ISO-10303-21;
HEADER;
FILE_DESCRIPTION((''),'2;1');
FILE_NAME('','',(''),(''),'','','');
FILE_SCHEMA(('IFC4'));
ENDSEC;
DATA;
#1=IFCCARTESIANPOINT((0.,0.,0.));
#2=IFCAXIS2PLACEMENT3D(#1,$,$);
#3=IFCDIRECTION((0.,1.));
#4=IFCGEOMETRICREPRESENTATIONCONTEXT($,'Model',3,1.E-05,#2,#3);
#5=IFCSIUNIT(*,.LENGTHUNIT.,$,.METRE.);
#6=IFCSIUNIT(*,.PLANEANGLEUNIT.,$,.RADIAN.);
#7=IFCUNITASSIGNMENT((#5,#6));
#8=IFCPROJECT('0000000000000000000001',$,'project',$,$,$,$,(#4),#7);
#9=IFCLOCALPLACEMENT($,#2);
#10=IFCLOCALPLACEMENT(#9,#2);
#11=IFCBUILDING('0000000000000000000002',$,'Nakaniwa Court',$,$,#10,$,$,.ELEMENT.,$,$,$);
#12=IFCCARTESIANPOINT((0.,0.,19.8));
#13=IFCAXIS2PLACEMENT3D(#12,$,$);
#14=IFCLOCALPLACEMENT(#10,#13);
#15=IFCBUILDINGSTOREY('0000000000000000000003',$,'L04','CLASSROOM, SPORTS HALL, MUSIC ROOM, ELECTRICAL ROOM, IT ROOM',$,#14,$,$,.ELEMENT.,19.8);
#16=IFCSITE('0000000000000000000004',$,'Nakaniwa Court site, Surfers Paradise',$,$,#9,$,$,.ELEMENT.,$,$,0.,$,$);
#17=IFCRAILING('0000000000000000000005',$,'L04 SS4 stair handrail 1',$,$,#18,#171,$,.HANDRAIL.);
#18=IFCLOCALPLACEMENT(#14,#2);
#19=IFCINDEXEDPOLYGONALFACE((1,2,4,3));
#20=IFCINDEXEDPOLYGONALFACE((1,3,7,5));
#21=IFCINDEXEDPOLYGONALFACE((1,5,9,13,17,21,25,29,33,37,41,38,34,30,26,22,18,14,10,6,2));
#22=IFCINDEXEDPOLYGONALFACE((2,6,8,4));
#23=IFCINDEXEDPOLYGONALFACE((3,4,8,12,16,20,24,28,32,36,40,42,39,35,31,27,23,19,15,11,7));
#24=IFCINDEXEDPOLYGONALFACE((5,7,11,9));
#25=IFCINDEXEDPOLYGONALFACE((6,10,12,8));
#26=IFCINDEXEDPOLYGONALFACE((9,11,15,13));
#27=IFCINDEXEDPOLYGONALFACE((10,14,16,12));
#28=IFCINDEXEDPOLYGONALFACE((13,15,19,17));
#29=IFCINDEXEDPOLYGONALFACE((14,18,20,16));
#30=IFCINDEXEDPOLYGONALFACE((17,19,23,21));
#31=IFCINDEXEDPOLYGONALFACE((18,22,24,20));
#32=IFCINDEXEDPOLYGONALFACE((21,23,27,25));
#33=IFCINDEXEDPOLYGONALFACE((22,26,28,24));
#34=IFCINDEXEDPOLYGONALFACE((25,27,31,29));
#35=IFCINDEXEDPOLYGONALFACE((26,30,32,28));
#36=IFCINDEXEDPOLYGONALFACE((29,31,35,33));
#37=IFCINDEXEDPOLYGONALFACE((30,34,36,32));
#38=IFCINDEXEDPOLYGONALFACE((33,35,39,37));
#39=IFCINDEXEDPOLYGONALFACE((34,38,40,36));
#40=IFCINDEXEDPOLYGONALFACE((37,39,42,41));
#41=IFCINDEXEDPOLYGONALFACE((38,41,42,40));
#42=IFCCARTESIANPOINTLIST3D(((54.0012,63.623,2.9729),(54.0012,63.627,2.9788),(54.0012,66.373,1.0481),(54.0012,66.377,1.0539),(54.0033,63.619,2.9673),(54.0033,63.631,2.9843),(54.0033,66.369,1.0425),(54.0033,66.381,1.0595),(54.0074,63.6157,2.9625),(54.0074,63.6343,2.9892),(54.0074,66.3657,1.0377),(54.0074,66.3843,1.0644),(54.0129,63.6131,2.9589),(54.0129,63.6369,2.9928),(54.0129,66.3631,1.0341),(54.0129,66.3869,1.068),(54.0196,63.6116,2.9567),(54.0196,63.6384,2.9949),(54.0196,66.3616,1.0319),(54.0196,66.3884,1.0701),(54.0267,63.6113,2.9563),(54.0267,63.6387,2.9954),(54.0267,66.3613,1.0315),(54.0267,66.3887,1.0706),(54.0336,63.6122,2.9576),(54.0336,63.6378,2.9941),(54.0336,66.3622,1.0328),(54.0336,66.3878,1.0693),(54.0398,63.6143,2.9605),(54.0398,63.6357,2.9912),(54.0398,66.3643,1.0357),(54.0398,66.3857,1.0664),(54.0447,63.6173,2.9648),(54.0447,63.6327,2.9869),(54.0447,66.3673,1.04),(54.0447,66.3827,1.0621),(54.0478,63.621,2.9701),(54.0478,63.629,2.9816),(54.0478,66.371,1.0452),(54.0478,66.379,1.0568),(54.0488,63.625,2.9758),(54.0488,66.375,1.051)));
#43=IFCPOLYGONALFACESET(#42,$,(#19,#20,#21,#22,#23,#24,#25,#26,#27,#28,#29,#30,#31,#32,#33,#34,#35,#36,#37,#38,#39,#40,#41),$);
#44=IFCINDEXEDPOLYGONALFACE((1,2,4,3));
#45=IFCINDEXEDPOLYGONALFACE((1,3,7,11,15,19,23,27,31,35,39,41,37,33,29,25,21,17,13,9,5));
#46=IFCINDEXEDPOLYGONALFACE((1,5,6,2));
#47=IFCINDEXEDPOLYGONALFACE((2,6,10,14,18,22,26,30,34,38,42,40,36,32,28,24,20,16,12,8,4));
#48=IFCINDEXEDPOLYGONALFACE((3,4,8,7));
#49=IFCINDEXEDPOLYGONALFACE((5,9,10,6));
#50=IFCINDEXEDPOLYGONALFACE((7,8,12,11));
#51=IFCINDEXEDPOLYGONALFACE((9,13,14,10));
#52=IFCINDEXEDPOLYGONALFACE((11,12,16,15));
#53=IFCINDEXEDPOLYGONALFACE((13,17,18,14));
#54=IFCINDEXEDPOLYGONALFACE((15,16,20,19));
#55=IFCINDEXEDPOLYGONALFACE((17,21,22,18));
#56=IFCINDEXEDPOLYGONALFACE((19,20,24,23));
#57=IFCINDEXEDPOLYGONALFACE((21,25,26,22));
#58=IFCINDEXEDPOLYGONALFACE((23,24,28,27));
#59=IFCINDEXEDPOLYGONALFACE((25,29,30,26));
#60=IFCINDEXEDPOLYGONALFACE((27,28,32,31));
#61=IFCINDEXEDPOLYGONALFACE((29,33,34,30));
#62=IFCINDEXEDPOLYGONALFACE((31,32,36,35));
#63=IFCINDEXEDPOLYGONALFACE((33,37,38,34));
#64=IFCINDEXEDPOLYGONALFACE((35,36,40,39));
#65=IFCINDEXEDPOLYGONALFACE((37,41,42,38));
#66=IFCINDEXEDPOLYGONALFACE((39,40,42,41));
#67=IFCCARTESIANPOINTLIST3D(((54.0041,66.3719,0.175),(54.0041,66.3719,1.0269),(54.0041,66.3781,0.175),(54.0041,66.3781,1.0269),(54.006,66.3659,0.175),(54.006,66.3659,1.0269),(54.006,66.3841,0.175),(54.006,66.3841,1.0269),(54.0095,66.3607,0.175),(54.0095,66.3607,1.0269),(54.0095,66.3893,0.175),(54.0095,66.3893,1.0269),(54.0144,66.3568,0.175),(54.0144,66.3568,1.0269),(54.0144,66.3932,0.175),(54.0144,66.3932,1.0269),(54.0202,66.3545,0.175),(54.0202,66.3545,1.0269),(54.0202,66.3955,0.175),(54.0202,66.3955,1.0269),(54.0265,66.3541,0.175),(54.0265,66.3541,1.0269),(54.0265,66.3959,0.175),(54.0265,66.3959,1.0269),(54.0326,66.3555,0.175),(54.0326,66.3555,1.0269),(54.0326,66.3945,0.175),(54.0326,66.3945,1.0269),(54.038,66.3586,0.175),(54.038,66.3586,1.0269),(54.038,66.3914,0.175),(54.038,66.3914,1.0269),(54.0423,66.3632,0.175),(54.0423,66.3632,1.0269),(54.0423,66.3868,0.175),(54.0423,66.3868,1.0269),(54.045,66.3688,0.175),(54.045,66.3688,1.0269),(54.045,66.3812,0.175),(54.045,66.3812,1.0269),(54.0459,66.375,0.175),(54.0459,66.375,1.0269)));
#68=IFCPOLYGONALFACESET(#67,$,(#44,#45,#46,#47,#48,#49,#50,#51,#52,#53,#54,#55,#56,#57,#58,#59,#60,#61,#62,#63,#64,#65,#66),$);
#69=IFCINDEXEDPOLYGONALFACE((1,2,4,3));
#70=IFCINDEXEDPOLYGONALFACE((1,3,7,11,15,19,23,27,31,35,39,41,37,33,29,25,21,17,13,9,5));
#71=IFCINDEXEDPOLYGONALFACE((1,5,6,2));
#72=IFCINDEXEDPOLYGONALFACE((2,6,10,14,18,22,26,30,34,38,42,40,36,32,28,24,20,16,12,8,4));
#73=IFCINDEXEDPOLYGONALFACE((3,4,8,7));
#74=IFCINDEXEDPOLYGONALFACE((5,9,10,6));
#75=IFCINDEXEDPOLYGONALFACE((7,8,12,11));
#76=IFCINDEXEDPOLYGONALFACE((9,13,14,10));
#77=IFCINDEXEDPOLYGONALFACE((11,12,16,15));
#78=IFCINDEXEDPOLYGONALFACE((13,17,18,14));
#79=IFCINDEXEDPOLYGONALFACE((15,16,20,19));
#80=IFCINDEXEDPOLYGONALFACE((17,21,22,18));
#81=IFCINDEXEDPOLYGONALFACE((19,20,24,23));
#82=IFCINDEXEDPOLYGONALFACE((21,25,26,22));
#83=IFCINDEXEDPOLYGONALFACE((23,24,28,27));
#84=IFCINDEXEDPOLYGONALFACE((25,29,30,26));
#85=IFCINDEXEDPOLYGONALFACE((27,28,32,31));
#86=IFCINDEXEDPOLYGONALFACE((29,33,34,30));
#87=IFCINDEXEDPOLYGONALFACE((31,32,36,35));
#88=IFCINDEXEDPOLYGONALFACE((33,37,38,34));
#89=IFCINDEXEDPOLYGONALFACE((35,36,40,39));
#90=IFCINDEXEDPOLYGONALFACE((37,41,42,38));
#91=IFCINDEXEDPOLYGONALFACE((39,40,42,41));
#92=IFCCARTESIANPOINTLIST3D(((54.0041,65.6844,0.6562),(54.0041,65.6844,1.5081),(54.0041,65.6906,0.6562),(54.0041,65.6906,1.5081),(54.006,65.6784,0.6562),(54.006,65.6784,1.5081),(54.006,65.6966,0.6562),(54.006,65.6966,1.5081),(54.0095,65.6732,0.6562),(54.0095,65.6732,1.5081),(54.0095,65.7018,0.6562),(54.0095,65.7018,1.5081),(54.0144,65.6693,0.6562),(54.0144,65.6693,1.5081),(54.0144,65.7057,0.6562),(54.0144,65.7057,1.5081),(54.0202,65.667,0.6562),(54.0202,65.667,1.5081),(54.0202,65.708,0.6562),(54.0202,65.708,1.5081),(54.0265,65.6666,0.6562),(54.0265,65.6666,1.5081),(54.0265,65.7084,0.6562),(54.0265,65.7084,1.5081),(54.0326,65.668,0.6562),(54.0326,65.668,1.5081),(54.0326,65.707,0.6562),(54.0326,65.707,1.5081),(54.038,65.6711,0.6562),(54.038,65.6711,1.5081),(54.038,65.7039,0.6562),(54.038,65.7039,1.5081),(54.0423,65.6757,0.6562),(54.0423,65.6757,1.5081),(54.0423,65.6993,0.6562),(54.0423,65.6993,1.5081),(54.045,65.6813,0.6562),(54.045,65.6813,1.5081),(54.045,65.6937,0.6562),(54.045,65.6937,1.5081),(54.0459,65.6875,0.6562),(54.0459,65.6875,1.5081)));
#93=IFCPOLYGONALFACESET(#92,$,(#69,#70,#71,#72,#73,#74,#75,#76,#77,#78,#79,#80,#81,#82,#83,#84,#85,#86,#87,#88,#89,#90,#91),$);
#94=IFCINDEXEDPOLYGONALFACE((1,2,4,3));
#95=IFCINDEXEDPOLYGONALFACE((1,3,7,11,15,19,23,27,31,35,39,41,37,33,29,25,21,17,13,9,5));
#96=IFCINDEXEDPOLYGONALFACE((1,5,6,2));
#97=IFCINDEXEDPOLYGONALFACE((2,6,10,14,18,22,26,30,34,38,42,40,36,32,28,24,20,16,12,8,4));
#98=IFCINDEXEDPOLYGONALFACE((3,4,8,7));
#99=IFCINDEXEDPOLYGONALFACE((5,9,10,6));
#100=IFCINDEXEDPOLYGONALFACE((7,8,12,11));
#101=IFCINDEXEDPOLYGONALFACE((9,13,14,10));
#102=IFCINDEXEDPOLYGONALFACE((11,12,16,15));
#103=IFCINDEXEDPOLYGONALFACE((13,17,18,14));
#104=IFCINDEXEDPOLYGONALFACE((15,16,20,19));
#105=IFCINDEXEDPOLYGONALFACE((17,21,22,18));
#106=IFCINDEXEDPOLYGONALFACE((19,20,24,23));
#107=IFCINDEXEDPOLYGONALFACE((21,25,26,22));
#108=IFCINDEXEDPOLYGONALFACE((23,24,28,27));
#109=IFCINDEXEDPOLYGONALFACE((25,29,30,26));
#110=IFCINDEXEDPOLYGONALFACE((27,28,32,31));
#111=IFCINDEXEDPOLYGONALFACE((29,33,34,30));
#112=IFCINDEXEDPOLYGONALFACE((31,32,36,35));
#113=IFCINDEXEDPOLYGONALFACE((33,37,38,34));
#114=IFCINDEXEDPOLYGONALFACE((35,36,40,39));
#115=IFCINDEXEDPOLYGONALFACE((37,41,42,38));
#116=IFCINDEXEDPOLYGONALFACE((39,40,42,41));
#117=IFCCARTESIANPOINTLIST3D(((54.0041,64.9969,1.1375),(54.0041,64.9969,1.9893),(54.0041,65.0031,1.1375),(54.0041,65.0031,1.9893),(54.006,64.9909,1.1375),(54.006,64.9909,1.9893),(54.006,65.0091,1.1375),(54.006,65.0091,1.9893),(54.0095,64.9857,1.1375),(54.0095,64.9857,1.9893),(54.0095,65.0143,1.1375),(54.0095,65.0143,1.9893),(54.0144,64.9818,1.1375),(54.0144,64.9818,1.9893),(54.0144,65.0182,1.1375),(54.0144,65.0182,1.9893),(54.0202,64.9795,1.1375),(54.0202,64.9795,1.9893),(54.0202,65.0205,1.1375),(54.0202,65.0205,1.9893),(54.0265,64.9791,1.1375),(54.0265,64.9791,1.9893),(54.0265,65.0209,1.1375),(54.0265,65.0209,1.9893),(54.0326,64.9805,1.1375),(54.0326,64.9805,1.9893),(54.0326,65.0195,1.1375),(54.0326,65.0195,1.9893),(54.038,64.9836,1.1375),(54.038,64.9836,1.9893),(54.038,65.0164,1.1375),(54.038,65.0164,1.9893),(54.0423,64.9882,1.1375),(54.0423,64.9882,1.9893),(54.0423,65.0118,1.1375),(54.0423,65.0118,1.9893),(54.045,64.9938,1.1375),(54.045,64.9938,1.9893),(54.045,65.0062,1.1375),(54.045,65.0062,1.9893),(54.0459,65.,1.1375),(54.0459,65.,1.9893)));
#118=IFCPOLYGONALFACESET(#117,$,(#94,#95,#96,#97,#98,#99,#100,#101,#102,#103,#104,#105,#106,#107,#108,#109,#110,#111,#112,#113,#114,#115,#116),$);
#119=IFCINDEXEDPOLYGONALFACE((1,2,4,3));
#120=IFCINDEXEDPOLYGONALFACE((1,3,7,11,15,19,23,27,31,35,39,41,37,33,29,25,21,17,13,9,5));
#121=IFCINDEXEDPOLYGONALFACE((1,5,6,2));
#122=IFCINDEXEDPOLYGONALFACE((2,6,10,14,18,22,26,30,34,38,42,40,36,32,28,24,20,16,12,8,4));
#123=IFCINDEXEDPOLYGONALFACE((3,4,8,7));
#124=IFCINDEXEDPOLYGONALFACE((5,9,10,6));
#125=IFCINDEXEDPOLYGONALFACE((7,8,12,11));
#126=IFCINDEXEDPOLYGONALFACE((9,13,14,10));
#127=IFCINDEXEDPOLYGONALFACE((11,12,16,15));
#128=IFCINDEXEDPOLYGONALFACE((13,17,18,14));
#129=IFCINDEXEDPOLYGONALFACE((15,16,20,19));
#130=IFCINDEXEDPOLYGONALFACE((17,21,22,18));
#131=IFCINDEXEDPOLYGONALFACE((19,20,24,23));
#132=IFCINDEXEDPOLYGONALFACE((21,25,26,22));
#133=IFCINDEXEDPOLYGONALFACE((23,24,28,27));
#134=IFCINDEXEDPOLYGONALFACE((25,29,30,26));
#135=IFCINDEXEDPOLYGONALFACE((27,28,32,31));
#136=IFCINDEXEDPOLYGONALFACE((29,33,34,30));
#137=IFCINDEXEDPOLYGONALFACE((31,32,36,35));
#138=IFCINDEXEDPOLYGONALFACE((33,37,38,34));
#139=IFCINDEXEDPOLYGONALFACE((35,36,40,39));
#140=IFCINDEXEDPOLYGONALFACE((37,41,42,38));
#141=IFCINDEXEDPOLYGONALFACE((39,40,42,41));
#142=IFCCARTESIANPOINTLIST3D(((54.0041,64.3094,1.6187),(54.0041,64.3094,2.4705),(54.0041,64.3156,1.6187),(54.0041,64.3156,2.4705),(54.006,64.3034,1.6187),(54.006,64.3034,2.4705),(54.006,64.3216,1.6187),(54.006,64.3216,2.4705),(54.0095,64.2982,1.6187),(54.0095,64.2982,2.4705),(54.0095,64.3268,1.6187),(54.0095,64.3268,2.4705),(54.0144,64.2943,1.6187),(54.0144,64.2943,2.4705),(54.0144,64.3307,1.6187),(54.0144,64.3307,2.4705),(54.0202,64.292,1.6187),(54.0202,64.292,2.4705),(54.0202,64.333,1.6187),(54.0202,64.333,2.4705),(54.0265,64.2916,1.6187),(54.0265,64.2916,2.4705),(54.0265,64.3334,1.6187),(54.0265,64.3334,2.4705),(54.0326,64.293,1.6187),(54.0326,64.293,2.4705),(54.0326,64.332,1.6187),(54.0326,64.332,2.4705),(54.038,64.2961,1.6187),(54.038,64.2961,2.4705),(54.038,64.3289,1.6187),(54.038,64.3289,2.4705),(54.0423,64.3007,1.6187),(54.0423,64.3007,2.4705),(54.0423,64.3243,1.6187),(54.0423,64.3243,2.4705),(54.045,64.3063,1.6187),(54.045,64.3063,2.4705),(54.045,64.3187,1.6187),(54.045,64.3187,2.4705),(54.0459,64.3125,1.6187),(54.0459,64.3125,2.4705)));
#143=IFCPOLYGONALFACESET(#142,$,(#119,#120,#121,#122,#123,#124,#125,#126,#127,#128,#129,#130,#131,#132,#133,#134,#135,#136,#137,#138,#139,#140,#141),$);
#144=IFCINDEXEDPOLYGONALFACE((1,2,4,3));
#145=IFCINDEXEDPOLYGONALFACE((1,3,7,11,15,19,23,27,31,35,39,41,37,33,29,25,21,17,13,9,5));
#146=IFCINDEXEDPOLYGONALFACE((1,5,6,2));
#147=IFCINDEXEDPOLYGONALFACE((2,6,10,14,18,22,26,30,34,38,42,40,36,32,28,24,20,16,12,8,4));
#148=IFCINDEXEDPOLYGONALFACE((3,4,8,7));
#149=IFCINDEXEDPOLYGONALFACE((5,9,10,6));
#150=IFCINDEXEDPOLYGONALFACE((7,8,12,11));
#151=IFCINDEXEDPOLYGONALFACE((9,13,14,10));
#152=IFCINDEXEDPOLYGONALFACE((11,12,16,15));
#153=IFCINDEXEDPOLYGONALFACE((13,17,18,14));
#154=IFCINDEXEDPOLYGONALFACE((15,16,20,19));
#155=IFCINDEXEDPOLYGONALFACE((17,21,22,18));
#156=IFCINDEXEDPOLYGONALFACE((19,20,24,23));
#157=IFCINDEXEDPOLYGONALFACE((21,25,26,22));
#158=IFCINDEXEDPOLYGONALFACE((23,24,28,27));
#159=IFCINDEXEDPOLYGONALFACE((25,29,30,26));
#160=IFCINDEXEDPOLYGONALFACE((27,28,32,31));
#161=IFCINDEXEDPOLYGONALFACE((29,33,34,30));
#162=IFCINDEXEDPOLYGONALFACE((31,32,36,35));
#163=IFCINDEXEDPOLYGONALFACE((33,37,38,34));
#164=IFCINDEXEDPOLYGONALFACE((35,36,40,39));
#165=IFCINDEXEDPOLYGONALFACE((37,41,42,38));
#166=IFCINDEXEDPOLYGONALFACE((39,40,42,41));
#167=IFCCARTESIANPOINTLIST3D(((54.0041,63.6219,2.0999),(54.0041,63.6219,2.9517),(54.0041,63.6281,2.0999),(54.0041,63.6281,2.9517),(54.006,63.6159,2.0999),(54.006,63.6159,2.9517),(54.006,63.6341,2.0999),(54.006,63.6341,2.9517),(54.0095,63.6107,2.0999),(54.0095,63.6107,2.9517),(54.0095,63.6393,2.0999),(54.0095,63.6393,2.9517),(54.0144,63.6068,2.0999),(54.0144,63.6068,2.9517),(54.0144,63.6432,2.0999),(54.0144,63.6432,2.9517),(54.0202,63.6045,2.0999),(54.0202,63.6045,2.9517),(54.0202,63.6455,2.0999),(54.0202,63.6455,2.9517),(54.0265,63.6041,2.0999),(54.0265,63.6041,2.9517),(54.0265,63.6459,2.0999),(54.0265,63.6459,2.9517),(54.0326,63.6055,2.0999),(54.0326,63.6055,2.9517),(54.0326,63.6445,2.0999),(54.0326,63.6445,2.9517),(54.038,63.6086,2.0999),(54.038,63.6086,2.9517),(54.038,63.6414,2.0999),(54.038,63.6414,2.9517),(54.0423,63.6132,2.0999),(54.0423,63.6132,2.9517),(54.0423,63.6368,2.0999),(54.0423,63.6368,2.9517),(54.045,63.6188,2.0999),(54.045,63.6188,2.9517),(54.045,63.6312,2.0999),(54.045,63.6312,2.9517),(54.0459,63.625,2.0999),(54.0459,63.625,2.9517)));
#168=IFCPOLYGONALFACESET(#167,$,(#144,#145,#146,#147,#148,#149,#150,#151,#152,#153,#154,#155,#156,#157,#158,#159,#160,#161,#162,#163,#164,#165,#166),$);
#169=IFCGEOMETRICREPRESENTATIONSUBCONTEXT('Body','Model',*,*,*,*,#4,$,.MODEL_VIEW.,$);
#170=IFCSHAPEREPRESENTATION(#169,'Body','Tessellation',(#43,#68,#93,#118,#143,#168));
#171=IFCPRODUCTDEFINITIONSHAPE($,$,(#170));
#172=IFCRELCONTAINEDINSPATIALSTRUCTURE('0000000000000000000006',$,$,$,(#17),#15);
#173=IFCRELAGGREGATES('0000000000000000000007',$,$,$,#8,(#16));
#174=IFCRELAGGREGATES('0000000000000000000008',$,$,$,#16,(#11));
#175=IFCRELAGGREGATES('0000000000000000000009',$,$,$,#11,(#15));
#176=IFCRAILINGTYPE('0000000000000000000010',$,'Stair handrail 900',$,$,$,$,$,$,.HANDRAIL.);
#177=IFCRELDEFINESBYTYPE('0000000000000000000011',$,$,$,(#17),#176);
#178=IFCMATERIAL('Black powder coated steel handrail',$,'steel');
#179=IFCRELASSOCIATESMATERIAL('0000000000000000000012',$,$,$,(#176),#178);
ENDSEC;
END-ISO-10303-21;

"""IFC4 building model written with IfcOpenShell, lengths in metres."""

from ifc_helpers import new_model, si_unit, direction, frame, origin, origin_2d, place, context, subcontext, project, spatial, circle, extrude, material, type_object, element, save


model = new_model("IFC4")

# Units and contexts
model_context = context("Model", 3, precision=1e-05, world=origin(), true_north=direction((0.0, 1.0)))
body_context = subcontext(model_context, "Body", "Model", "MODEL_VIEW")
ifc_project = project(units=[si_unit("LENGTHUNIT", "METRE"), si_unit("PLANEANGLEUNIT", "RADIAN")], contexts=[model_context])

# Site, building, storey
site_placement = place(None, origin())
site = spatial("IfcSite", under=ifc_project, at=site_placement, Name="Nakaniwa Court site, Surfers Paradise", CompositionType="ELEMENT", RefElevation=0.0)
building_placement = place(site_placement, origin())
building = spatial("IfcBuilding", under=site, at=building_placement, Name="Nakaniwa Court", CompositionType="ELEMENT")
storey_placement = place(building_placement, frame((0.0, 0.0, 19.8)))
storey = spatial("IfcBuildingStorey", under=building, at=storey_placement, Name="L04", Description="CLASSROOM, SPORTS HALL, MUSIC ROOM, ELECTRICAL ROOM, IT ROOM", CompositionType="ELEMENT", Elevation=19.8)

# Railing
ifc_material_1 = material(Name="Black powder coated steel handrail", Category="steel")
railing_type = type_object("IfcRailingType", Name="Stair handrail 900", PredefinedType="HANDRAIL", material=ifc_material_1)
railing_placement = place(storey_placement, frame((54.0249, 66.375, 0.175)))
element("IfcRailing", 1, at=railing_placement, inside=storey, type_object=railing_type, Name="L04 SS4 stair handrail 1", PredefinedType="HANDRAIL", context=body_context, shape_type="SweptSolid", body=[
    extrude(circle(Radius=0.0239, at=origin_2d()), frame((0.0, 0.0, 0.876), z_axis=(0.0, -0.819259, 0.573423), x_axis=(1.0, 0.0, 0.0)), (0.0, 0.0, 1.0), 3.3567),
    extrude(circle(Radius=0.021, at=origin_2d()), origin(), (0.0, 0.0, 1.0), 0.8518),
    extrude(circle(Radius=0.021, at=origin_2d()), frame((0.0, -0.6875, 0.4812)), (0.0, 0.0, 1.0), 0.8518),
    extrude(circle(Radius=0.021, at=origin_2d()), frame((0.0, -1.375, 0.9624)), (0.0, 0.0, 1.0), 0.8518),
    extrude(circle(Radius=0.021, at=origin_2d()), frame((0.0, -2.0625, 1.4436)), (0.0, 0.0, 1.0), 0.8518),
    extrude(circle(Radius=0.021, at=origin_2d()), frame((0.0, -2.75, 1.9248)), (0.0, 0.0, 1.0), 0.8518),
])

save(model, "model.ifc")
